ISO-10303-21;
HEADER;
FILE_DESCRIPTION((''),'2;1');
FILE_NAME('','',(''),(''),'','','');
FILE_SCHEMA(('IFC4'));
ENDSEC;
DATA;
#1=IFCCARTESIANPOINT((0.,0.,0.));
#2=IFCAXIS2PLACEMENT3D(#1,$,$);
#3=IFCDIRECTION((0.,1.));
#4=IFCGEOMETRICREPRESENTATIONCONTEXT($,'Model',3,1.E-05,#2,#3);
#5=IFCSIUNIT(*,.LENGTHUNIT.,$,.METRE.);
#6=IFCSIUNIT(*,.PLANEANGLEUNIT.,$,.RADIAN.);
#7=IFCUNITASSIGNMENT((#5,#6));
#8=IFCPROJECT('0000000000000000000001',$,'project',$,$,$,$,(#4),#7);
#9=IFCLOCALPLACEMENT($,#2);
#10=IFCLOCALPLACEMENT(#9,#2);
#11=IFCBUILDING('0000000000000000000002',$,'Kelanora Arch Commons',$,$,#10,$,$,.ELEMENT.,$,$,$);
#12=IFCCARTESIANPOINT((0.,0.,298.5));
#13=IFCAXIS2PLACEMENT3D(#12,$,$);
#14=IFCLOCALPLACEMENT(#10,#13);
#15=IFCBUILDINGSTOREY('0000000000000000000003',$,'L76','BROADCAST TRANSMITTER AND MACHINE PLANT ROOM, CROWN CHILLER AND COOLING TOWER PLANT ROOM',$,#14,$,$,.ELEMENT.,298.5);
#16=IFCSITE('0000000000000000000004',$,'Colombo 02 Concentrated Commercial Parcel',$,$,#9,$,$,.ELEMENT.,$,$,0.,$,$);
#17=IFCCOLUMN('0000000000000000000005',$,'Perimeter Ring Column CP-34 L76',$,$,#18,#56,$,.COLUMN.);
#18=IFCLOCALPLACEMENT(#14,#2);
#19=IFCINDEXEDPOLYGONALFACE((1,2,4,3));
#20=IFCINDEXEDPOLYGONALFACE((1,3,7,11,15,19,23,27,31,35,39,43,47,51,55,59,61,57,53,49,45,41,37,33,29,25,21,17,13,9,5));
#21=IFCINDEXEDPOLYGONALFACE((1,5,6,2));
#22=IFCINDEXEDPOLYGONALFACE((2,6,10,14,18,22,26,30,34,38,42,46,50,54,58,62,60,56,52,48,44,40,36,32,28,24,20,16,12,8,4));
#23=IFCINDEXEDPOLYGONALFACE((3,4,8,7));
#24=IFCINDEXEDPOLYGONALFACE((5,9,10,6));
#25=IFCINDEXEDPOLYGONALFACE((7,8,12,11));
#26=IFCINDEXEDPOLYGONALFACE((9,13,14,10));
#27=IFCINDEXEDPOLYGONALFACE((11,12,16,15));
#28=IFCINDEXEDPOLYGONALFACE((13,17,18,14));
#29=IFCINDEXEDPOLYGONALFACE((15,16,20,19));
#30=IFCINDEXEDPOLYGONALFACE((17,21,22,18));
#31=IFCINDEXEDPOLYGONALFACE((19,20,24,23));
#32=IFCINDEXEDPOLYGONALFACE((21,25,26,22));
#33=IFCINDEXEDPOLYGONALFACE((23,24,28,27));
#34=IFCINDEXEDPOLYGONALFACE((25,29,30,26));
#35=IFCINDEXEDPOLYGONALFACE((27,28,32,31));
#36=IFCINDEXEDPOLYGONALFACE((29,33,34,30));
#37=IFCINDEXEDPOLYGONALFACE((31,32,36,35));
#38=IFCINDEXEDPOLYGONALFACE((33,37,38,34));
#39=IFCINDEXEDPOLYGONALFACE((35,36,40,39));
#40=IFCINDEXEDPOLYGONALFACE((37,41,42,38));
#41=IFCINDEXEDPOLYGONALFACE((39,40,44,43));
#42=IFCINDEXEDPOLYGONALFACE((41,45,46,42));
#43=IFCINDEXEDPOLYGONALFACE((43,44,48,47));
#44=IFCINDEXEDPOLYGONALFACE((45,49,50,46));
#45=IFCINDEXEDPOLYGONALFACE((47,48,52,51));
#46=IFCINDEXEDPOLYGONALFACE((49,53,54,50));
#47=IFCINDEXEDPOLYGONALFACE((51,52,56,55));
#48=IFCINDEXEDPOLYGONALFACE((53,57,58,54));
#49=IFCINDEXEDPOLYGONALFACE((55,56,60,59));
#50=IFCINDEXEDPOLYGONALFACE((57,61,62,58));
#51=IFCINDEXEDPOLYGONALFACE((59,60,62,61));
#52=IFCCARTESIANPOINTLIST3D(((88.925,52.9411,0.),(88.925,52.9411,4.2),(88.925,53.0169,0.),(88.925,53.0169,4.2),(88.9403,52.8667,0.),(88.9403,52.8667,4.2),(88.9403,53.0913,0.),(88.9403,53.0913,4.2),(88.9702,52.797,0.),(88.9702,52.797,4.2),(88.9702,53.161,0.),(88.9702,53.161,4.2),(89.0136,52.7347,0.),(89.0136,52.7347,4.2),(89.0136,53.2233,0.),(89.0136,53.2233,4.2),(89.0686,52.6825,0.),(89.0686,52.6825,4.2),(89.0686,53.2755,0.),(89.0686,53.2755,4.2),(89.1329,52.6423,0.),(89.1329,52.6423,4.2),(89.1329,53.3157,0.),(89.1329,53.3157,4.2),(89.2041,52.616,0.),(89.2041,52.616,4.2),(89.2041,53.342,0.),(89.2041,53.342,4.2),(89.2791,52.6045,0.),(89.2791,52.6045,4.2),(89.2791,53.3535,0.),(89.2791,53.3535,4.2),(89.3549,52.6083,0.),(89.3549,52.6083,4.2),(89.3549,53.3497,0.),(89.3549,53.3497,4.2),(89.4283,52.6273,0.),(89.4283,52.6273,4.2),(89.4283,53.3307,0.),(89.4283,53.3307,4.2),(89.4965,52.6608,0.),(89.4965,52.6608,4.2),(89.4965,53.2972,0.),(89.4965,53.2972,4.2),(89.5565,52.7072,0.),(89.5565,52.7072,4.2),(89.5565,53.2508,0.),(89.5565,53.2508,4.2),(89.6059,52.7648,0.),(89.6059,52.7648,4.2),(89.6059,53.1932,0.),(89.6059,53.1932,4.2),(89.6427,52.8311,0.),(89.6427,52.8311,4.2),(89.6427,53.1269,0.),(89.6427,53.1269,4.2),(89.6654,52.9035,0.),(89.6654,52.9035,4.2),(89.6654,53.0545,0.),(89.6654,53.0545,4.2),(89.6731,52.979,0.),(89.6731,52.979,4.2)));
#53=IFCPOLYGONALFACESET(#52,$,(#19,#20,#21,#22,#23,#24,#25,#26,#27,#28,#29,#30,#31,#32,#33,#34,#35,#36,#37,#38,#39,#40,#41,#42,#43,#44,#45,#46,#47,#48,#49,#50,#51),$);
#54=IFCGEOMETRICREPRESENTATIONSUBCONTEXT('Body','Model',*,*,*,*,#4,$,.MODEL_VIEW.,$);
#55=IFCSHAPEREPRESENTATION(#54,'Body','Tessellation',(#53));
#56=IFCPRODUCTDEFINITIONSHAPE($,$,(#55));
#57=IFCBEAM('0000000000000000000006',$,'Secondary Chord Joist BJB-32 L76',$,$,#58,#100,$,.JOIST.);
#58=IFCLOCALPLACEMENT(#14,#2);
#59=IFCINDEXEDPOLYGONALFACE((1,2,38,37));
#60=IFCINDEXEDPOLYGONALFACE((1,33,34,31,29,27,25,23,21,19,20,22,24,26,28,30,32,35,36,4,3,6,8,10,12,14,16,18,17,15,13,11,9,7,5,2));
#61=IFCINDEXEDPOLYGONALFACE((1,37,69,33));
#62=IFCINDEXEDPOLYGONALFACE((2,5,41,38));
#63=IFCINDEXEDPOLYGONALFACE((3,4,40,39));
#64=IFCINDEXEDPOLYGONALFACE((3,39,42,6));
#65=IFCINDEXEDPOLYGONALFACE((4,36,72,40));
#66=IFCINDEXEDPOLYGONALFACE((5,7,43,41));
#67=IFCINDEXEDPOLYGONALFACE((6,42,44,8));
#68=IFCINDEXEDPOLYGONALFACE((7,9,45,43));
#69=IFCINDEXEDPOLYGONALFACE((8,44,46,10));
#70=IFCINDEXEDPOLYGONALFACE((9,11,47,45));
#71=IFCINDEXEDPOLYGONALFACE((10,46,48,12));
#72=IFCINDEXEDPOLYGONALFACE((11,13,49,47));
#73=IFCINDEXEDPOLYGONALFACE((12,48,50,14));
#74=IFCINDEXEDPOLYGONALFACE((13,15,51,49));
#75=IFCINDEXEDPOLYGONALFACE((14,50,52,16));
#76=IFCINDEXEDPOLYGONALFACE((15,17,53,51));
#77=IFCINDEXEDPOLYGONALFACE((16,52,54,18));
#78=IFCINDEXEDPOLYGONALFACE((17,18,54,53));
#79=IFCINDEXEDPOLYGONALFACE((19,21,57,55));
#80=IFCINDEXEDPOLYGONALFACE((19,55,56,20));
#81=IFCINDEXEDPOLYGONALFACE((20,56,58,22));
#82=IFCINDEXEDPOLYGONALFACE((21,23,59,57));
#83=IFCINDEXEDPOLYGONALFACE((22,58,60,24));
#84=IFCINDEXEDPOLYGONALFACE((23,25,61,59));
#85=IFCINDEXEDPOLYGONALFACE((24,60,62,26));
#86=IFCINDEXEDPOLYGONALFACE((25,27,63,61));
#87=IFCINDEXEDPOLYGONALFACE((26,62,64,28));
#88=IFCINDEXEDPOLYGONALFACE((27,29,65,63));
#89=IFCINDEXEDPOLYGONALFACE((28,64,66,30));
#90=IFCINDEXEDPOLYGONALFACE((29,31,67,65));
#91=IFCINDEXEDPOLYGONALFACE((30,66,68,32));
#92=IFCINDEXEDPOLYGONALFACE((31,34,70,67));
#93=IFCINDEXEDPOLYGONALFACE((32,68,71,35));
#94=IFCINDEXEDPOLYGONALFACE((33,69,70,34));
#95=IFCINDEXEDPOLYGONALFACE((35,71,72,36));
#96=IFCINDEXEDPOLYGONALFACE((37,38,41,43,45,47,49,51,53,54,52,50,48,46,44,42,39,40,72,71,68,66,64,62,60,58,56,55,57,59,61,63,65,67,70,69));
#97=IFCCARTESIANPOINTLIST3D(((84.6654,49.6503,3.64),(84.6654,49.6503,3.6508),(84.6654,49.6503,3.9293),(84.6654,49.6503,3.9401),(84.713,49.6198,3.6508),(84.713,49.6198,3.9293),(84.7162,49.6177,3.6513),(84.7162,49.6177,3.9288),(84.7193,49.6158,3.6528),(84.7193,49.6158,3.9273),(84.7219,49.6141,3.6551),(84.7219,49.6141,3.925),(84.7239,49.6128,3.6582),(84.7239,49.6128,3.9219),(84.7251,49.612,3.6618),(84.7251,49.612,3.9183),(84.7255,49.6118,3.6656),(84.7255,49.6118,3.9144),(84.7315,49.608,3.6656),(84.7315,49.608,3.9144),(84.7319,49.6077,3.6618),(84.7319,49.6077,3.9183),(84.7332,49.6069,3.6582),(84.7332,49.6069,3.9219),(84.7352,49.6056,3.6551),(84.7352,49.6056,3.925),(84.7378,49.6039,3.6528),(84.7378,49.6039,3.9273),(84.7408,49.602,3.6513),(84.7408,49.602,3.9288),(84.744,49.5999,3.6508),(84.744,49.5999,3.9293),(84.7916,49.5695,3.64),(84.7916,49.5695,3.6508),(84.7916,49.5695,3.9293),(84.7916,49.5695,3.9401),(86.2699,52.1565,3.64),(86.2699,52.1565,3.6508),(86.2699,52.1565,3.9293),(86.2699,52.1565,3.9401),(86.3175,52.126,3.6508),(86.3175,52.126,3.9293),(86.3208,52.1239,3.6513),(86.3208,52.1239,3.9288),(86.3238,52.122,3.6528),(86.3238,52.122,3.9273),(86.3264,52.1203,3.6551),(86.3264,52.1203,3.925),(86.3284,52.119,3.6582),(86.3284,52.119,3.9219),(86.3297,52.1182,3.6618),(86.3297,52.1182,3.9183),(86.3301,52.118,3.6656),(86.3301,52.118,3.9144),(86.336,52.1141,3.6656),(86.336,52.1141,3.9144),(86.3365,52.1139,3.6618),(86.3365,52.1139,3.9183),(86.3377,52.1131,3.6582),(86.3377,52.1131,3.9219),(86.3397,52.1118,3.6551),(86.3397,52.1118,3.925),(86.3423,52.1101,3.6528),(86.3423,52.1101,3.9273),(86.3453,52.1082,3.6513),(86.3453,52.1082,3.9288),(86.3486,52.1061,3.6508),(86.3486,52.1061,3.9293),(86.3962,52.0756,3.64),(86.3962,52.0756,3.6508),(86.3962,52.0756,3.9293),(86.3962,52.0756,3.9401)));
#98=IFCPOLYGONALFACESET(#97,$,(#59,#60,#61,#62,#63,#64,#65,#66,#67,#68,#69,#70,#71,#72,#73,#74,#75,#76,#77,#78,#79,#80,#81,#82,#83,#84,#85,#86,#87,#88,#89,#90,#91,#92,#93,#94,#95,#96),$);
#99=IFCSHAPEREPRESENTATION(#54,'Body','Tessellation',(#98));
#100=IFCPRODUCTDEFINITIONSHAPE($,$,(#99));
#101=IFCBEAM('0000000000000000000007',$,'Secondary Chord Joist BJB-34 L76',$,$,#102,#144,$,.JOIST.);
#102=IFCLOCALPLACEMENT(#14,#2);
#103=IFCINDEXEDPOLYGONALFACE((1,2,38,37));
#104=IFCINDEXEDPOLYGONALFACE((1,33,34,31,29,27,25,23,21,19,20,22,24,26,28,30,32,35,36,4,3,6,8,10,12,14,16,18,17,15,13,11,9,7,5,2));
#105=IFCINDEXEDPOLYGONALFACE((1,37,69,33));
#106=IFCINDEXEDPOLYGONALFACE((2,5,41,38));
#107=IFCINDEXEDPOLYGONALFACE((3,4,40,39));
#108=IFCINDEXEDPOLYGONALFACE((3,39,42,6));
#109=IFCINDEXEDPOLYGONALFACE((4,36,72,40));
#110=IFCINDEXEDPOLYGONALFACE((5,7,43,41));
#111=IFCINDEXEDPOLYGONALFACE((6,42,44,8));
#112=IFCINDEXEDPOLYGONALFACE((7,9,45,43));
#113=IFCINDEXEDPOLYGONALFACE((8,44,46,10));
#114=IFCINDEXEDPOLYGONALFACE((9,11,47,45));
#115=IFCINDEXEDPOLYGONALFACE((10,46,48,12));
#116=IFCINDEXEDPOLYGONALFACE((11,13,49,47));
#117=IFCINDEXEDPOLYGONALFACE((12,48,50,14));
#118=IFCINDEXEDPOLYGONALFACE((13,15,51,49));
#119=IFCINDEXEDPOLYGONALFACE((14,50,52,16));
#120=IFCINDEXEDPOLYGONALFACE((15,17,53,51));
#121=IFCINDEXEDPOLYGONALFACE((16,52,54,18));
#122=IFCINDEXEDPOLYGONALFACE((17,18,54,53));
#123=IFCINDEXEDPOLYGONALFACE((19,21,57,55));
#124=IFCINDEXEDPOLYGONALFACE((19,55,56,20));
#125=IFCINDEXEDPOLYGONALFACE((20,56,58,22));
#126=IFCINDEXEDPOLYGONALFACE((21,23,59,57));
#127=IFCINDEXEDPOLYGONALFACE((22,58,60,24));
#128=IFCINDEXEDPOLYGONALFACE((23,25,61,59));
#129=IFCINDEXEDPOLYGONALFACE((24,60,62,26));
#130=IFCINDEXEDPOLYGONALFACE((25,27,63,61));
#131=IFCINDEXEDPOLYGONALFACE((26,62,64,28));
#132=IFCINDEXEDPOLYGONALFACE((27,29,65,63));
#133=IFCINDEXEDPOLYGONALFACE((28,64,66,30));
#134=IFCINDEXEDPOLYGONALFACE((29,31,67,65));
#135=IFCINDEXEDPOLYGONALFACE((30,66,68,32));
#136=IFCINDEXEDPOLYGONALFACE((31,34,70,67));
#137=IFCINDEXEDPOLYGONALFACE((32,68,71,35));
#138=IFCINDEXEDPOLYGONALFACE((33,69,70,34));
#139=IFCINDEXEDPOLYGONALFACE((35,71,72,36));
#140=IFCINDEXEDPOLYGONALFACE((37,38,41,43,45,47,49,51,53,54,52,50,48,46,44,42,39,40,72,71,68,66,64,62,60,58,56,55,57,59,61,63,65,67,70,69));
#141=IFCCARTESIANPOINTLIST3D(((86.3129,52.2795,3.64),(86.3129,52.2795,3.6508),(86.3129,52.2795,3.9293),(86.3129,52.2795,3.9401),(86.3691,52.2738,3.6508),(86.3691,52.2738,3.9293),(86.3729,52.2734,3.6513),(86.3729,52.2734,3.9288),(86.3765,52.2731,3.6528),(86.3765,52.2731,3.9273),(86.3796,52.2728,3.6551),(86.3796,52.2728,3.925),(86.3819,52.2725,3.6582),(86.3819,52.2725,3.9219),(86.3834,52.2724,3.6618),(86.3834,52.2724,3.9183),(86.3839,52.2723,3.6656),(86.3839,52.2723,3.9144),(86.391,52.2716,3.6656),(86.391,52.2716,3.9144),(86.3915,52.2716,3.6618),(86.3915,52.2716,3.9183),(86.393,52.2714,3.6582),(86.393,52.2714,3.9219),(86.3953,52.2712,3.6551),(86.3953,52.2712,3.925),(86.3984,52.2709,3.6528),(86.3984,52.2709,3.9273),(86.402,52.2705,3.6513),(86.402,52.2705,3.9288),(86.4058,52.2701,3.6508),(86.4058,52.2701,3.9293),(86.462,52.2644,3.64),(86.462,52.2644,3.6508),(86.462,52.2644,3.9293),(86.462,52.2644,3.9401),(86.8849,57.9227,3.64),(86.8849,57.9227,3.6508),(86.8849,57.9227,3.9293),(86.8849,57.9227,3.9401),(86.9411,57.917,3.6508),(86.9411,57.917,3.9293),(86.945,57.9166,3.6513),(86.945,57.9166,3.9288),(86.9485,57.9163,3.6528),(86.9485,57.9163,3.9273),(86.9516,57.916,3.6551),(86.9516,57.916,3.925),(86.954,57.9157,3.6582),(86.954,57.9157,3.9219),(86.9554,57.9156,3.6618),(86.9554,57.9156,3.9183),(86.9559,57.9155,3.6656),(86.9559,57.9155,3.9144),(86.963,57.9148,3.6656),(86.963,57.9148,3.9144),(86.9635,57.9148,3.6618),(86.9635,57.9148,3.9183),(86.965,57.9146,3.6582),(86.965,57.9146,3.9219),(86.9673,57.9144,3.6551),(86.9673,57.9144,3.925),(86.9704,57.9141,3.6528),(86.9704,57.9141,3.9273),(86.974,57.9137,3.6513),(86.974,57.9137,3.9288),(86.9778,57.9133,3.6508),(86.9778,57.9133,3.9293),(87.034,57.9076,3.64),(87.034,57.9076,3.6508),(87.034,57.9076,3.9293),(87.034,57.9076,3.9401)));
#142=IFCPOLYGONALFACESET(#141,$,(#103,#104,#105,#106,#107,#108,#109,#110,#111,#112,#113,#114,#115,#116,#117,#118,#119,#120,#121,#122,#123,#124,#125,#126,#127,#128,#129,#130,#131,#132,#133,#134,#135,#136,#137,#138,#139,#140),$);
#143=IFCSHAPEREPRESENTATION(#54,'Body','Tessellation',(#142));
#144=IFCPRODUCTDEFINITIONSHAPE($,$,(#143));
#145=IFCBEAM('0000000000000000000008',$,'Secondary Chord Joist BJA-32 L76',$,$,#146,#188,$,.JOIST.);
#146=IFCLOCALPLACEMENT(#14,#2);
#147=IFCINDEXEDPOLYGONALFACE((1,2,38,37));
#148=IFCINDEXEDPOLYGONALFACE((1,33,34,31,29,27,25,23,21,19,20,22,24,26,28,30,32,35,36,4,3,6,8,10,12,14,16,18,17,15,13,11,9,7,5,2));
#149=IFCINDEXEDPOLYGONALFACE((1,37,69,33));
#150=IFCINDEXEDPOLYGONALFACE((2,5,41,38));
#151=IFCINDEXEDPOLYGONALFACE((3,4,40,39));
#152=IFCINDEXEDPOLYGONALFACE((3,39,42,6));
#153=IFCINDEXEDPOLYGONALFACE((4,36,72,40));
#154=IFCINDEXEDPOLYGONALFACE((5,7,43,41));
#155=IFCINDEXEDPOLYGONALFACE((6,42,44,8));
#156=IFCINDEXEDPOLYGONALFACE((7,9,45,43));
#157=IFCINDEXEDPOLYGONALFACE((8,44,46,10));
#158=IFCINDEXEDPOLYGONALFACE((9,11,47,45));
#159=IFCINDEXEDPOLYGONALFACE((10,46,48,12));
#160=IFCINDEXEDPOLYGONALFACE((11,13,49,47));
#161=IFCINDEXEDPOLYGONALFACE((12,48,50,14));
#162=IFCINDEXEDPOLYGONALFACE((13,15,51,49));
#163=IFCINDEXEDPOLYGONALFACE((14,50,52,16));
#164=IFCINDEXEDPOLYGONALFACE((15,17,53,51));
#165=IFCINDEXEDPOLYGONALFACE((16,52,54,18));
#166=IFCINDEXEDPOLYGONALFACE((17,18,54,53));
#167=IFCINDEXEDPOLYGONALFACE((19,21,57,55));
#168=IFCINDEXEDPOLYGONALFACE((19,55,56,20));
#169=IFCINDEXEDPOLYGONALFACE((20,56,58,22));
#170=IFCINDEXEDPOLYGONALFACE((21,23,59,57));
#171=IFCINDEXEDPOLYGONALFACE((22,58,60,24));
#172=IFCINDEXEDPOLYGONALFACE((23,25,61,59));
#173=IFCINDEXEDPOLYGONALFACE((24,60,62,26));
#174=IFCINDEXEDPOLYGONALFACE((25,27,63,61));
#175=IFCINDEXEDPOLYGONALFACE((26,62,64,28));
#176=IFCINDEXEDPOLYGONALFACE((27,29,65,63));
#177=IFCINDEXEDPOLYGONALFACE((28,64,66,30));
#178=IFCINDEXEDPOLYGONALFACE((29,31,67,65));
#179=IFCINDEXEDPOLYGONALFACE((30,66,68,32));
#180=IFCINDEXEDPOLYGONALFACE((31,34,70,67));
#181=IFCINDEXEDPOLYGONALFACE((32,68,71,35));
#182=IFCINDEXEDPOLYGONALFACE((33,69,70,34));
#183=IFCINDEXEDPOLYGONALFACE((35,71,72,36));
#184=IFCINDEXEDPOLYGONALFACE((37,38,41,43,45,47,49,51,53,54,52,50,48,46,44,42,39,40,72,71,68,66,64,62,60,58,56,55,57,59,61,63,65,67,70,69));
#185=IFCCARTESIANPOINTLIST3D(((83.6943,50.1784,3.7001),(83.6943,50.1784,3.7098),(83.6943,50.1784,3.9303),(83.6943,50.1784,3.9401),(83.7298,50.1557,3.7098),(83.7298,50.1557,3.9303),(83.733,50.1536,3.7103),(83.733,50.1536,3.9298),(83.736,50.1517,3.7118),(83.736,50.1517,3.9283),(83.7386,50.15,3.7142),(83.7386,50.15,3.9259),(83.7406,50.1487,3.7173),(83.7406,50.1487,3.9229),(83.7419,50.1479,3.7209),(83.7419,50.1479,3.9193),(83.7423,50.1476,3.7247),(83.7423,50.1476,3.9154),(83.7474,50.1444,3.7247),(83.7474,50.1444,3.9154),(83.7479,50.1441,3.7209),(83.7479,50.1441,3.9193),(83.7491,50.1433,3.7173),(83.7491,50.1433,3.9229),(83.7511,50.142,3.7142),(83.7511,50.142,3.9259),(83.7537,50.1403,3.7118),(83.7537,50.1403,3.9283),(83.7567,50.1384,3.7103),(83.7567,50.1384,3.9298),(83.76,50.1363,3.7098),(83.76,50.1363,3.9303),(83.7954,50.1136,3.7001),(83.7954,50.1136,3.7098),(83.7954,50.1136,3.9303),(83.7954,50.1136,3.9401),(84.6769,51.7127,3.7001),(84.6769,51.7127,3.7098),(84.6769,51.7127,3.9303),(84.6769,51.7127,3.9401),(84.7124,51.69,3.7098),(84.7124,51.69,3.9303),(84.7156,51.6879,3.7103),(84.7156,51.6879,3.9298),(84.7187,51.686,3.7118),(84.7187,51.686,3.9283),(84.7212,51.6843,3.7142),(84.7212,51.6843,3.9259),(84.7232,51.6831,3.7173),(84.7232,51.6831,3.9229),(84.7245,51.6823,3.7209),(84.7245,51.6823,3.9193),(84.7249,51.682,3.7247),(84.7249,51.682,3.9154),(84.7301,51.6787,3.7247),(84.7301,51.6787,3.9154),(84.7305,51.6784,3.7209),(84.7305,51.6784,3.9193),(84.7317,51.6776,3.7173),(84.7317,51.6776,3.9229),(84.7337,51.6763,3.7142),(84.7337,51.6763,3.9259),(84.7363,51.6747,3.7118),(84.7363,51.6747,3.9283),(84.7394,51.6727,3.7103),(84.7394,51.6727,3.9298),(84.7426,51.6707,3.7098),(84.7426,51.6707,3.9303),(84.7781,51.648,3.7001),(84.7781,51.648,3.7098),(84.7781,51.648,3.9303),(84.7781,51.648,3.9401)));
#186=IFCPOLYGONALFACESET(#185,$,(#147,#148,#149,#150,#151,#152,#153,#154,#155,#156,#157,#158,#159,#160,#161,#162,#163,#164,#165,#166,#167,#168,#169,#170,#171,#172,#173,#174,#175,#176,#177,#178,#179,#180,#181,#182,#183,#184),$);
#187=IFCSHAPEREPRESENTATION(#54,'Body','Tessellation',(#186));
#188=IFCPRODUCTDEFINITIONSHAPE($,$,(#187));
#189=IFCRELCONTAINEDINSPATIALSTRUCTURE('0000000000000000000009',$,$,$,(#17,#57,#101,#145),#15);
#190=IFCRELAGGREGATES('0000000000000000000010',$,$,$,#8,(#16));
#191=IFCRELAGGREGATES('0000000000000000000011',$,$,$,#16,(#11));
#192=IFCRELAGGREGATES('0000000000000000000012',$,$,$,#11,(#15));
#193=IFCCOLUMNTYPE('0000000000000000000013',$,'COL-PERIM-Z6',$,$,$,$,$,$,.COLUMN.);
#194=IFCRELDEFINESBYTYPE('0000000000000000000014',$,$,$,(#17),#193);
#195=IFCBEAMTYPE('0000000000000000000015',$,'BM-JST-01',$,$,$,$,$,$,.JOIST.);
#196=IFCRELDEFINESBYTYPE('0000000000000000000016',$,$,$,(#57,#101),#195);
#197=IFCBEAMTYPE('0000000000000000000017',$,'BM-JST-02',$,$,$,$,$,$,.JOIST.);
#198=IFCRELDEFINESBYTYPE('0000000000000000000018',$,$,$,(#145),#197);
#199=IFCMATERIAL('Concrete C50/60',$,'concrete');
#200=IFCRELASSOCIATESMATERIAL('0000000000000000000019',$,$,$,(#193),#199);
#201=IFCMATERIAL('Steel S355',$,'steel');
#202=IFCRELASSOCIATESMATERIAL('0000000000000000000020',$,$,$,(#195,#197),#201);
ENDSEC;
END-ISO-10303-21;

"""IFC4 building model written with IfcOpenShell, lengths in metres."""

from ifc_helpers import new_model, si_unit, direction, frame, origin, origin_2d, place, context, subcontext, project, spatial, circle, i_section, extrude, material, material_profile, profile_set, type_object, element, save


model = new_model("IFC4")

# Units and contexts
model_context = context("Model", 3, precision=1e-05, world=origin(), true_north=direction((0.0, 1.0)))
body_context = subcontext(model_context, "Body", "Model", "MODEL_VIEW")
ifc_project = project(units=[si_unit("LENGTHUNIT", "METRE"), si_unit("PLANEANGLEUNIT", "RADIAN")], contexts=[model_context])

# Site, building, storey
site_placement = place(None, origin())
site = spatial("IfcSite", under=ifc_project, at=site_placement, Name="Colombo 02 Concentrated Commercial Parcel", CompositionType="ELEMENT", RefElevation=0.0)
building_placement = place(site_placement, origin())
building = spatial("IfcBuilding", under=site, at=building_placement, Name="Kelanora Arch Commons", CompositionType="ELEMENT")
storey_placement = place(building_placement, frame((0.0, 0.0, 298.5)))
storey = spatial("IfcBuildingStorey", under=building, at=storey_placement, Name="L76", Description="BROADCAST TRANSMITTER AND MACHINE PLANT ROOM, CROWN CHILLER AND COOLING TOWER PLANT ROOM", CompositionType="ELEMENT", Elevation=298.5)

# Column
ifc_material_1 = material(Name="Concrete C50/60", Category="concrete")
ifc_material_profile_1 = material_profile(ifc_material_1, circle(Radius=0.375, at=origin_2d()), Name="RCC750")
ifc_profile_set_1 = profile_set([ifc_material_profile_1], Name="Concrete C50/60")
column_type = type_object("IfcColumnType", Name="COL-PERIM-Z6", PredefinedType="COLUMN", material=ifc_profile_set_1)
column_placement = place(storey_placement, frame((89.2981, 52.979, 0.0), z_axis=(0.0, 0.0, 1.0), x_axis=(1.0, 0.0, 0.0)))
element("IfcColumn", 1, at=column_placement, inside=storey, type_object=column_type, Name="Perimeter Ring Column CP-34 L76", PredefinedType="COLUMN", context=body_context, shape_type="SweptSolid", body=[
    extrude(circle(Radius=0.375, at=origin_2d()), origin(), (0.0, 0.0, 1.0), 4.2),
])

# Beams
ifc_material_2 = material(Name="Steel S355", Category="steel")
ifc_material_profile_2 = material_profile(ifc_material_2, i_section(OverallWidth=0.1499, OverallDepth=0.3, WebThickness=0.0071, FlangeThickness=0.0107, FilletRadius=0.0149, at=origin_2d()), Name="IPE300")
ifc_profile_set_2 = profile_set([ifc_material_profile_2], Name="Steel S355")
beam_type_1 = type_object("IfcBeamType", Name="BM-JST-01", PredefinedType="JOIST", material=ifc_profile_set_2)
beam_1_placement = place(storey_placement, frame((84.7285, 49.6099, 3.79), z_axis=(0.539193, 0.842182, 0.0), x_axis=(-0.842182, 0.539193, 0.0)))
element("IfcBeam", 2, at=beam_1_placement, inside=storey, type_object=beam_type_1, Name="Secondary Chord Joist BJB-32 L76", PredefinedType="JOIST", context=body_context, shape_type="SweptSolid", body=[
    extrude(i_section(OverallWidth=0.1499, OverallDepth=0.3, WebThickness=0.0071, FlangeThickness=0.0107, FilletRadius=0.0149, at=origin_2d()), origin(), (0.0, 0.0, 1.0), 2.9758),
])
beam_2_placement = place(storey_placement, frame((86.3875, 52.272, 3.79), z_axis=(0.100846, 0.994902, 0.0), x_axis=(-0.994902, 0.100846, 0.0)))
element("IfcBeam", 3, at=beam_2_placement, inside=storey, type_object=beam_type_1, Name="Secondary Chord Joist BJB-34 L76", PredefinedType="JOIST", context=body_context, shape_type="SweptSolid", body=[
    extrude(i_section(OverallWidth=0.1499, OverallDepth=0.3, WebThickness=0.0071, FlangeThickness=0.0107, FilletRadius=0.0149, at=origin_2d()), origin(), (0.0, 0.0, 1.0), 5.6721),
])
ifc_material_profile_3 = material_profile(ifc_material_2, i_section(OverallWidth=0.1201, OverallDepth=0.24, WebThickness=0.0061, FlangeThickness=0.0098, FilletRadius=0.0149, at=origin_2d()), Name="IPE240")
ifc_profile_set_3 = profile_set([ifc_material_profile_3], Name="Steel S355")
beam_type_2 = type_object("IfcBeamType", Name="BM-JST-02", PredefinedType="JOIST", material=ifc_profile_set_3)
beam_3_placement = place(storey_placement, frame((83.7449, 50.146, 3.8201), z_axis=(0.539301, 0.842113, 0.0), x_axis=(-0.842113, 0.539301, 0.0)))
element("IfcBeam", 4, at=beam_3_placement, inside=storey, type_object=beam_type_2, Name="Secondary Chord Joist BJA-32 L76", PredefinedType="JOIST", context=body_context, shape_type="SweptSolid", body=[
    extrude(i_section(OverallWidth=0.1201, OverallDepth=0.24, WebThickness=0.0061, FlangeThickness=0.0098, FilletRadius=0.0149, at=origin_2d()), origin(), (0.0, 0.0, 1.0), 1.822),
])

save(model, "model.ifc")
